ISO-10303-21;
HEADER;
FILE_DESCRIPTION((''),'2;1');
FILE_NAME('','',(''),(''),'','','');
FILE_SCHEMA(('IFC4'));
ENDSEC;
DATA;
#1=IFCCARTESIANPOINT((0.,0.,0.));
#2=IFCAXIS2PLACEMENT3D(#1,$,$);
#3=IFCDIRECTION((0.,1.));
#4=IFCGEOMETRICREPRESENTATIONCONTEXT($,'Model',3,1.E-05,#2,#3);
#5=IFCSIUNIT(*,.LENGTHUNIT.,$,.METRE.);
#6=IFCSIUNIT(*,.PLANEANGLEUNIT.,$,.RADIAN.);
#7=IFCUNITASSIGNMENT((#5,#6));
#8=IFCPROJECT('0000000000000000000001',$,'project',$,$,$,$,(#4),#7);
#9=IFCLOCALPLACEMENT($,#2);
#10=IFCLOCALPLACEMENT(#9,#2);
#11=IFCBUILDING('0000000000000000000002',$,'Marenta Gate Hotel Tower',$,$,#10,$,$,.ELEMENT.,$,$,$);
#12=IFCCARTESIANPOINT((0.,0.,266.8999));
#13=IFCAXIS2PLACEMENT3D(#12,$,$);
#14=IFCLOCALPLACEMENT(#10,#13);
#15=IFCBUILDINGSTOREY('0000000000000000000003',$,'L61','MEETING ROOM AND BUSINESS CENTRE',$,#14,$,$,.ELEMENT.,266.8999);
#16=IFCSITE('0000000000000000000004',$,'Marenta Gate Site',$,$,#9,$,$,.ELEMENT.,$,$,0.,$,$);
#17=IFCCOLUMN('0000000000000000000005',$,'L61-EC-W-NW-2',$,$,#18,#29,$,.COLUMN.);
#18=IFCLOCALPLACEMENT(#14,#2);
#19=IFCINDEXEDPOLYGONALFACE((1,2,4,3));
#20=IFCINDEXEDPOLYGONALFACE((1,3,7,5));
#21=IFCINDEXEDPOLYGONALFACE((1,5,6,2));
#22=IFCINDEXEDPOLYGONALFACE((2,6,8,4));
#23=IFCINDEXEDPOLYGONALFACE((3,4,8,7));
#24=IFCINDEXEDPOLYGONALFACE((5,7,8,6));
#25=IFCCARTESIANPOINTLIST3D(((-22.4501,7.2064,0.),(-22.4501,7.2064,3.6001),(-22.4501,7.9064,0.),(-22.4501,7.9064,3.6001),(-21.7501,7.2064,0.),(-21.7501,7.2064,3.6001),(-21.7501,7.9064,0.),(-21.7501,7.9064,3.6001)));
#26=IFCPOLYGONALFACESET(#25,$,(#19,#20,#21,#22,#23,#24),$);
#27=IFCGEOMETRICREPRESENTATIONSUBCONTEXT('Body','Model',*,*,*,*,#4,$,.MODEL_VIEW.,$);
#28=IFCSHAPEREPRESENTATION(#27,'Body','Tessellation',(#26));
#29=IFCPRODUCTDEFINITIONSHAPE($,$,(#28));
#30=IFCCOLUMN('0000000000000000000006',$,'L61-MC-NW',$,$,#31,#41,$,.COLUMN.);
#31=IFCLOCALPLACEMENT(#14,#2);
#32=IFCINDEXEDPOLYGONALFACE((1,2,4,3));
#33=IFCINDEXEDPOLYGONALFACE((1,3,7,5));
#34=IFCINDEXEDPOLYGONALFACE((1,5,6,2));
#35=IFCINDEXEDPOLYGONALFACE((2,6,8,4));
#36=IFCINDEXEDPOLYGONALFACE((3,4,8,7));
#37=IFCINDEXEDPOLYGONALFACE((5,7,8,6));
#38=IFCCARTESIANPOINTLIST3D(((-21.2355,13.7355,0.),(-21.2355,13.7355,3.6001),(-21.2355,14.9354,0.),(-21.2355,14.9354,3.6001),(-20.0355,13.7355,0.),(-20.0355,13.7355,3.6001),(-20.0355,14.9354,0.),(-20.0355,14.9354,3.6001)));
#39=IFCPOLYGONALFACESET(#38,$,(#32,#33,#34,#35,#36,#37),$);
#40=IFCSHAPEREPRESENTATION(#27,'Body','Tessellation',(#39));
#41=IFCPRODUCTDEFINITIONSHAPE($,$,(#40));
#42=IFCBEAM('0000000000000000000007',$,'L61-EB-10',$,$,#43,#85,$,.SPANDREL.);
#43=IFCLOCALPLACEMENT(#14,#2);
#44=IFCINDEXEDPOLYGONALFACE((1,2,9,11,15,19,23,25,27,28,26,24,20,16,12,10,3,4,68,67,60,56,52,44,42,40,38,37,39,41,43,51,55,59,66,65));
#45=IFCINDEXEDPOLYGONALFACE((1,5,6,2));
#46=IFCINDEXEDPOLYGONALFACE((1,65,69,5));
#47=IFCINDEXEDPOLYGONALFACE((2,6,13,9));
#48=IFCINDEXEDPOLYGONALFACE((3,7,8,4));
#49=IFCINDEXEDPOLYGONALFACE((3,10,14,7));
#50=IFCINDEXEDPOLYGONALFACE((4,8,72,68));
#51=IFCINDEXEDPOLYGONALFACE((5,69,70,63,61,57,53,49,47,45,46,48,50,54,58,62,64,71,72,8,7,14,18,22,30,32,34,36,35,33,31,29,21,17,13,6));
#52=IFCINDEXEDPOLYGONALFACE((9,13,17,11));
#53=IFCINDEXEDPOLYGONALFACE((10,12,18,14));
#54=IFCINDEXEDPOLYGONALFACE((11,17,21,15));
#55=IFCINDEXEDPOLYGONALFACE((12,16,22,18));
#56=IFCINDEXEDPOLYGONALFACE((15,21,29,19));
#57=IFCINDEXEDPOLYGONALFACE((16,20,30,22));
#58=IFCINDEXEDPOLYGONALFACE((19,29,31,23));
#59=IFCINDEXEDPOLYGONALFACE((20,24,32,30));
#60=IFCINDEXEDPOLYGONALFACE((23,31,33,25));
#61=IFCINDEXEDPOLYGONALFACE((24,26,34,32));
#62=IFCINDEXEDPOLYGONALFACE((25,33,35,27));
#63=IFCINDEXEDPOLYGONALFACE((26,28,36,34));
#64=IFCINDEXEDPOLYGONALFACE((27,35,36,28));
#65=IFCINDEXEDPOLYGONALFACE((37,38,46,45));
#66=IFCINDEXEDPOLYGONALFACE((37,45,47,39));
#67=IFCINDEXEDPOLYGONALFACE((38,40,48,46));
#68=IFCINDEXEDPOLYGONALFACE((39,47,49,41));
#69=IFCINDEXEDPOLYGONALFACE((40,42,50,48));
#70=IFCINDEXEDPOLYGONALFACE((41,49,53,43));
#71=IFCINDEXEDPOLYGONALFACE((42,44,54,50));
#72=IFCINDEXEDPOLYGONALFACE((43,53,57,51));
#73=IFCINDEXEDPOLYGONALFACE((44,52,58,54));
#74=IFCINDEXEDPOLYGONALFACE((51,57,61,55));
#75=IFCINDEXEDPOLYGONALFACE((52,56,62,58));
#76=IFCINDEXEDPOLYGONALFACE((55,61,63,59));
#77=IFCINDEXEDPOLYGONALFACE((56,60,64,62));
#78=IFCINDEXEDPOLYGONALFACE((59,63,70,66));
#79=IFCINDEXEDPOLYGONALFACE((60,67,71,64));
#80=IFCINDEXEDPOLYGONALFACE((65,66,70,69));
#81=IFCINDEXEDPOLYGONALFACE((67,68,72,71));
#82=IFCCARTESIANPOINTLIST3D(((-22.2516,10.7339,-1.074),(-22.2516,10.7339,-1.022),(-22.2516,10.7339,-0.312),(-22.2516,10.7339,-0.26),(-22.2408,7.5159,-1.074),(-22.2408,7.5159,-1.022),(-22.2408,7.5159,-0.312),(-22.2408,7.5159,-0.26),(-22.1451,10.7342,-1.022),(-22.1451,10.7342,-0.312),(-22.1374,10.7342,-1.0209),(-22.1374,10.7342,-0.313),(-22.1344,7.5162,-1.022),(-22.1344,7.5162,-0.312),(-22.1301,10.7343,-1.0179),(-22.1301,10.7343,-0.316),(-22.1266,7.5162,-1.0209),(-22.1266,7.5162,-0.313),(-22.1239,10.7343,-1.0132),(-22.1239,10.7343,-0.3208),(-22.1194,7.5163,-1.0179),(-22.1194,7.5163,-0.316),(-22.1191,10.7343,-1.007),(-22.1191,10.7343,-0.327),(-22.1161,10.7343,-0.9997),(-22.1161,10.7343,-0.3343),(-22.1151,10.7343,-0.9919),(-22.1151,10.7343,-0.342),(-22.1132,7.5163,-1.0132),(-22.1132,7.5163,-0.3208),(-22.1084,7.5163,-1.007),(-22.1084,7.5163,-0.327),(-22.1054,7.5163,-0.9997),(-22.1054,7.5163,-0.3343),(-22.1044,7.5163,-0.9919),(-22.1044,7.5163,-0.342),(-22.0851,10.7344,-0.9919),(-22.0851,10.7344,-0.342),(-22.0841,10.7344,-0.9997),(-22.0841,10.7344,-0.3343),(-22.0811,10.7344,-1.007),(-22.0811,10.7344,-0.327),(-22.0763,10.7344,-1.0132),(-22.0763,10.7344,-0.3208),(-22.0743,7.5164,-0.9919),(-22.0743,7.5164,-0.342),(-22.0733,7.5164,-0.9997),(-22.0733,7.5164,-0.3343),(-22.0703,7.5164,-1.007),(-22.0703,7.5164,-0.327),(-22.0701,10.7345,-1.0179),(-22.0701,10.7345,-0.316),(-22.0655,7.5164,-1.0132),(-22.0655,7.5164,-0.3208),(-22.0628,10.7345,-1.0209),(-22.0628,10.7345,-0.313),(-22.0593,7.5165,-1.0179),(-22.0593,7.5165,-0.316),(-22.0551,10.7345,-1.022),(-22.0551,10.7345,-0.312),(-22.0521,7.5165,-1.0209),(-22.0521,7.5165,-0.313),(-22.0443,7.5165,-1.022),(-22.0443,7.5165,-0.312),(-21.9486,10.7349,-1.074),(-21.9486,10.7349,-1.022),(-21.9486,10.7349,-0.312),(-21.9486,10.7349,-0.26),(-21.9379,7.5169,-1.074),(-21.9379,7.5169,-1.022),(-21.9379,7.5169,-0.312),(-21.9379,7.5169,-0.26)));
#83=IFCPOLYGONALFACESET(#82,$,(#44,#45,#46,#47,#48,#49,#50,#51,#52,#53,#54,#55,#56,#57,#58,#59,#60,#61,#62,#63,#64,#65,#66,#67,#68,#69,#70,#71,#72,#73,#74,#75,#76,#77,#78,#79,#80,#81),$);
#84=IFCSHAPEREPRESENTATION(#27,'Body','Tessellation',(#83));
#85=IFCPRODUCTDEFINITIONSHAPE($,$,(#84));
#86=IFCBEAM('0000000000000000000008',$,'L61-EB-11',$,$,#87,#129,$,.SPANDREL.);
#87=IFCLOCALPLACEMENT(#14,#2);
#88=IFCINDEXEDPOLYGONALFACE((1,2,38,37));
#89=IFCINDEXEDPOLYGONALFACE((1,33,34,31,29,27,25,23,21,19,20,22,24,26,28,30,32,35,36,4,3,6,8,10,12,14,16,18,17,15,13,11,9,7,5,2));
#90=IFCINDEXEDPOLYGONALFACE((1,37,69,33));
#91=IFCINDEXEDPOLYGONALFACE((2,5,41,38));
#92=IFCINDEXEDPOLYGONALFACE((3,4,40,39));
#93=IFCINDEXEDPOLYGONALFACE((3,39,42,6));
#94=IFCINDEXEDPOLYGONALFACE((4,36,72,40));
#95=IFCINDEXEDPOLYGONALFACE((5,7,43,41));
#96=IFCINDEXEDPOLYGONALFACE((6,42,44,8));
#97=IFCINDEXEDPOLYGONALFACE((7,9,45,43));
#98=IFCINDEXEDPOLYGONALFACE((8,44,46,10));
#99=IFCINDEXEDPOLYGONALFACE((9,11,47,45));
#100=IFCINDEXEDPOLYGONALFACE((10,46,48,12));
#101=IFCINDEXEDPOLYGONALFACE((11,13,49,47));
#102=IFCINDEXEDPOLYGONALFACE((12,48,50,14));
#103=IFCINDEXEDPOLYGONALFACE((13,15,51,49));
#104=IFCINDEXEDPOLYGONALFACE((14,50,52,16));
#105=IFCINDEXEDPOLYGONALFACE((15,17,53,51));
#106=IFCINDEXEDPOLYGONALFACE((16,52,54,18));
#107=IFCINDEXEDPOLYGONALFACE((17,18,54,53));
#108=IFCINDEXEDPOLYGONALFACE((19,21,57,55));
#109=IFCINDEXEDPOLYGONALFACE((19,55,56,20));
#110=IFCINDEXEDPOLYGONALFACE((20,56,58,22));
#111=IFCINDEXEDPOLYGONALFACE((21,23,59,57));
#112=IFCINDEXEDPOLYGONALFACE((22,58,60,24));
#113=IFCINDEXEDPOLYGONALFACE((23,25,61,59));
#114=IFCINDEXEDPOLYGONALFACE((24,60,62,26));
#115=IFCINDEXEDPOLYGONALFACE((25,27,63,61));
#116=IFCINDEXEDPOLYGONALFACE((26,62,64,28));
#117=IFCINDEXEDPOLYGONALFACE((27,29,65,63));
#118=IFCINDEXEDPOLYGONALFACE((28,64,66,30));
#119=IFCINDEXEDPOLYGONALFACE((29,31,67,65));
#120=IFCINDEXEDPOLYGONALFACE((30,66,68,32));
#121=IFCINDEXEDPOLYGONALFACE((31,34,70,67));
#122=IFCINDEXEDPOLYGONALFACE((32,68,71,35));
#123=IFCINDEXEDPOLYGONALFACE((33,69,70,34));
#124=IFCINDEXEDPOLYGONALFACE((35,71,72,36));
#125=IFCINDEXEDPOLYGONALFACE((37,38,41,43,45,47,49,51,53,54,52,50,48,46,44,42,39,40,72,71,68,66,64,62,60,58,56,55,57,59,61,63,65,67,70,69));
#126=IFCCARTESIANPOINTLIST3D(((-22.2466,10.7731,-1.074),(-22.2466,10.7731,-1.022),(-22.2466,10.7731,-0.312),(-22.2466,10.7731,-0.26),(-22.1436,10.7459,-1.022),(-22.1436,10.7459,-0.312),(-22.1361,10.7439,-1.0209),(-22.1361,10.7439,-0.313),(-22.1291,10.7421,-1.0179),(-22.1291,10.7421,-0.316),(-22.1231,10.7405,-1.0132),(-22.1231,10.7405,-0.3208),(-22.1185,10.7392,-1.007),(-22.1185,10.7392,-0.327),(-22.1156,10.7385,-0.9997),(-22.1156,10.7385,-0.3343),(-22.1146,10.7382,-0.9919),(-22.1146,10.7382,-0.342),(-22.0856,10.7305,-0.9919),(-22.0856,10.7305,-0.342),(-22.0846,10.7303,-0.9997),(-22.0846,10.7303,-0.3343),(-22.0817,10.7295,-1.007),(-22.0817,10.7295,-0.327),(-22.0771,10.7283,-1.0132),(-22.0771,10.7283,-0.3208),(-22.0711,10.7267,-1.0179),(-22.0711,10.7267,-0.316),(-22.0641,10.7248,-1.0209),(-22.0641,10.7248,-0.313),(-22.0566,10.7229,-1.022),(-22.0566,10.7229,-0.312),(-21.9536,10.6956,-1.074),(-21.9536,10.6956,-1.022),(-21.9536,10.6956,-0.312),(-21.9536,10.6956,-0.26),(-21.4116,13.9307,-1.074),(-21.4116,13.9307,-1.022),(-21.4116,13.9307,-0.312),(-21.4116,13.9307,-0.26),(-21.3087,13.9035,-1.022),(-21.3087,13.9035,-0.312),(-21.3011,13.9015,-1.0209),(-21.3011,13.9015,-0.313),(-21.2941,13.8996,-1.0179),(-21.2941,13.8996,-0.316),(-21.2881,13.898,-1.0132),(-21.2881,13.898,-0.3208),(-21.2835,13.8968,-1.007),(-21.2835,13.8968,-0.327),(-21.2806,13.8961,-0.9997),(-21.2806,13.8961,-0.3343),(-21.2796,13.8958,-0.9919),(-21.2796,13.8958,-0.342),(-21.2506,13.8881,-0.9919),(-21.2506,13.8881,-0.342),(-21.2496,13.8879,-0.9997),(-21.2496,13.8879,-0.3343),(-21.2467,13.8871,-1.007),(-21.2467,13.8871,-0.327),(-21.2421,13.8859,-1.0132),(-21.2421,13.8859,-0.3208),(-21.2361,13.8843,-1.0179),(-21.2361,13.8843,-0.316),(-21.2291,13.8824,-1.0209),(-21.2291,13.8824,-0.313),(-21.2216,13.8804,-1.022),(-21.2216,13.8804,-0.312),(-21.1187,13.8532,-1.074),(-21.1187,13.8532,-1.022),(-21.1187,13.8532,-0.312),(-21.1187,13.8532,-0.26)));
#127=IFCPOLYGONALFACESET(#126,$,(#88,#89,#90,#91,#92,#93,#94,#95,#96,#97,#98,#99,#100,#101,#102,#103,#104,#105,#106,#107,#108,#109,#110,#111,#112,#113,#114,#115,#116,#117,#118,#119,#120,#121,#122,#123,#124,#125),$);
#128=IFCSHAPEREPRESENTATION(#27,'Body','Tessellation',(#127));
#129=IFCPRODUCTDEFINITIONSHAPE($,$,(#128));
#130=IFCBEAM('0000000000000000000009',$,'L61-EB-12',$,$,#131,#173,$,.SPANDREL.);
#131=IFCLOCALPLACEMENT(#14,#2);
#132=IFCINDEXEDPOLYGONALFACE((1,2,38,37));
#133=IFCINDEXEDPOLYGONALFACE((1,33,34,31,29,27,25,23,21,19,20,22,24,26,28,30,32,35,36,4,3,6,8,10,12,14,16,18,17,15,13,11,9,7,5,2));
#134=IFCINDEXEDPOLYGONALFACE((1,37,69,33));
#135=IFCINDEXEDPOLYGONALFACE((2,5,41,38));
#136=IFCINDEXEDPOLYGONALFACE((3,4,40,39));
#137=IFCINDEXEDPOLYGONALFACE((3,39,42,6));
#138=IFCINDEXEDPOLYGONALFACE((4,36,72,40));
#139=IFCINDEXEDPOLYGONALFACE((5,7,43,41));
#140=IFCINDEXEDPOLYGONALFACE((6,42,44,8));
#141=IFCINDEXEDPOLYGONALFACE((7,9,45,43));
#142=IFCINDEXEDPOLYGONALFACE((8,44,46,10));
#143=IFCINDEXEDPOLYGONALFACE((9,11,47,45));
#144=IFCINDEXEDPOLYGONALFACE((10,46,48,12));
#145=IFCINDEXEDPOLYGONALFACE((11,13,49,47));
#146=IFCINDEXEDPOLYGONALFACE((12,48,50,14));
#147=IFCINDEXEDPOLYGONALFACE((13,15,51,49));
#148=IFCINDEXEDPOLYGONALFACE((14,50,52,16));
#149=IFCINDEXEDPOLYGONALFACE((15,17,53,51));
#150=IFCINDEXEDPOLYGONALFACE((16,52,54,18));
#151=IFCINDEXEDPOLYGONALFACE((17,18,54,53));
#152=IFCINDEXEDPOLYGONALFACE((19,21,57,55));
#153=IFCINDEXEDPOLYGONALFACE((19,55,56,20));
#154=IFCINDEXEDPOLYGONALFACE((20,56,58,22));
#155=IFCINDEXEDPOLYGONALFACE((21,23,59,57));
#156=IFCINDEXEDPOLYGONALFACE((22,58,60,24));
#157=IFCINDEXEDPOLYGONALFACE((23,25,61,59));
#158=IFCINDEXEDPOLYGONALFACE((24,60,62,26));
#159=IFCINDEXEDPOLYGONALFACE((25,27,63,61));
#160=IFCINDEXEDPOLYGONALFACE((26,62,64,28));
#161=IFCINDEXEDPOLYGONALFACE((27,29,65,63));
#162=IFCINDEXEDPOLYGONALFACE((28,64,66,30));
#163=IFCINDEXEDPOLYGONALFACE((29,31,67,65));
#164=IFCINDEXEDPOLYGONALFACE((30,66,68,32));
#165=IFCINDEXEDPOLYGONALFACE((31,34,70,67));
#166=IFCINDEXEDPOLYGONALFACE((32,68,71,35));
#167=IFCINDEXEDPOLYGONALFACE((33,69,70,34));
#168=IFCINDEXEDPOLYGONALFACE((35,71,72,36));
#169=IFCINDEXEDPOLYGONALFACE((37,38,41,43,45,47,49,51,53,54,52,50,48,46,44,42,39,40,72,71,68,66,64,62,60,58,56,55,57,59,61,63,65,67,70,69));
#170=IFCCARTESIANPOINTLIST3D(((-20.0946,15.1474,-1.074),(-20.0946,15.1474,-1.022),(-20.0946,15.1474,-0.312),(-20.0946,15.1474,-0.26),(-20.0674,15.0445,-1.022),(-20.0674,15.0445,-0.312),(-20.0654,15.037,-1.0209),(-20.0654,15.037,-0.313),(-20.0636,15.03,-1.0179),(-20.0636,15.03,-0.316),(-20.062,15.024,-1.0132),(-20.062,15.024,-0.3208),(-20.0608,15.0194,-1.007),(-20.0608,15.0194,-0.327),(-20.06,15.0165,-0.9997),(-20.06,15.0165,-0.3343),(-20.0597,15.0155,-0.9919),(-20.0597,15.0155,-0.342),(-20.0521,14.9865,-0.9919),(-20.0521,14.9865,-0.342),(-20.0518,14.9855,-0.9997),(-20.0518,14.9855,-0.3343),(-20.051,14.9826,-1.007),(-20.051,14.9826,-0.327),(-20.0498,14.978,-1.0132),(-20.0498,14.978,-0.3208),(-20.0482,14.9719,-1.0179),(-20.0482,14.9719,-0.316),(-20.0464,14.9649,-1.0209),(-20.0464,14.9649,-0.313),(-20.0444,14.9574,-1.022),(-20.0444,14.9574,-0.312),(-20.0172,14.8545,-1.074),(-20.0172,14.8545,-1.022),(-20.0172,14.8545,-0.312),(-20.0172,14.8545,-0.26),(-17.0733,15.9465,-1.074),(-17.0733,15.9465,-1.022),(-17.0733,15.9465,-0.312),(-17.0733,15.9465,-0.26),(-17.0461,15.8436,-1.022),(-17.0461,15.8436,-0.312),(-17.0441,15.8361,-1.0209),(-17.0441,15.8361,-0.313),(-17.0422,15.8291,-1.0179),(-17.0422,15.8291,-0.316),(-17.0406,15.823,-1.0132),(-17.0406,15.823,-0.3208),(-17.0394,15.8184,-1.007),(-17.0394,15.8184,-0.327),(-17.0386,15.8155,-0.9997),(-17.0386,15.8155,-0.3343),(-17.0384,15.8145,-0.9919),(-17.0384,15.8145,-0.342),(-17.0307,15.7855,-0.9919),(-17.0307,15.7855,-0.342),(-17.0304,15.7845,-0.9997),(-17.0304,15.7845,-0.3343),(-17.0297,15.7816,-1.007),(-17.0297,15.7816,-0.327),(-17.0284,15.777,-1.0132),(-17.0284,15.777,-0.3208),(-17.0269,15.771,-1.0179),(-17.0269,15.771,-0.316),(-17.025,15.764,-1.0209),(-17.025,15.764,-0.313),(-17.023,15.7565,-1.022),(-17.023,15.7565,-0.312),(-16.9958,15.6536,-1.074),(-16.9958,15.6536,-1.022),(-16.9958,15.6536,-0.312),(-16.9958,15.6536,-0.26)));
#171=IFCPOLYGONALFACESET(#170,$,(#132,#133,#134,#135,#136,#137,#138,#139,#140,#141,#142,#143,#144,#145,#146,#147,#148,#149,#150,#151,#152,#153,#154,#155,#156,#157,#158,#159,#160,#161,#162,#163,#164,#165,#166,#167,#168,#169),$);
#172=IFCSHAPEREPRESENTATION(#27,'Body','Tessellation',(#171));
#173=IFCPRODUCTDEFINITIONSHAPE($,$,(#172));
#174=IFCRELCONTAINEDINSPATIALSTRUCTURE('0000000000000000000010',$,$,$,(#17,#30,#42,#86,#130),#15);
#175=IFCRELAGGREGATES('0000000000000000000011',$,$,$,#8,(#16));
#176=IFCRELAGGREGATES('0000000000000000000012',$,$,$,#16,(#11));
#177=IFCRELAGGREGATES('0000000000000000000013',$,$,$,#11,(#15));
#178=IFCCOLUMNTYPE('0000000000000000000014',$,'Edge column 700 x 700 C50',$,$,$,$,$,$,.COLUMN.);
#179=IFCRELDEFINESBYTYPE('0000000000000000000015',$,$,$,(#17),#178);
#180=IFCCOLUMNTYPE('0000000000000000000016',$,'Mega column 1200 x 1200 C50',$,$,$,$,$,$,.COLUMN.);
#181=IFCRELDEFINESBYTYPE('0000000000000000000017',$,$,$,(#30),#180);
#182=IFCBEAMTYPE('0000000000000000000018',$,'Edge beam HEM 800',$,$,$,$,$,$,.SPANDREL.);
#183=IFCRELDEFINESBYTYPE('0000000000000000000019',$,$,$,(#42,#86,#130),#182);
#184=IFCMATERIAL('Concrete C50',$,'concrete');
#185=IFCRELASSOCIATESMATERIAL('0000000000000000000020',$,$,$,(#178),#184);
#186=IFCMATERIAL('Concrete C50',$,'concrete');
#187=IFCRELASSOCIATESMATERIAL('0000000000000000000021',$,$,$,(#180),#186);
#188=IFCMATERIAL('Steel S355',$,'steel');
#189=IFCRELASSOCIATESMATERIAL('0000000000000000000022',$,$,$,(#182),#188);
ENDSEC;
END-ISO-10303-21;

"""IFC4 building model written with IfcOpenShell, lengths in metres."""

from ifc_helpers import new_model, si_unit, direction, frame, origin, origin_2d, place, context, subcontext, project, spatial, rectangle, i_section, extrude, material, material_profile, profile_set, type_object, element, save


model = new_model("IFC4")

# Units and contexts
model_context = context("Model", 3, precision=1e-05, world=origin(), true_north=direction((0.0, 1.0)))
body_context = subcontext(model_context, "Body", "Model", "MODEL_VIEW")
ifc_project = project(units=[si_unit("LENGTHUNIT", "METRE"), si_unit("PLANEANGLEUNIT", "RADIAN")], contexts=[model_context])

# Site, building, storey
site_placement = place(None, origin())
site = spatial("IfcSite", under=ifc_project, at=site_placement, Name="Marenta Gate Site", CompositionType="ELEMENT", RefElevation=0.0)
building_placement = place(site_placement, origin())
building = spatial("IfcBuilding", under=site, at=building_placement, Name="Marenta Gate Hotel Tower", CompositionType="ELEMENT")
storey_placement = place(building_placement, frame((0.0, 0.0, 266.8999)))
storey = spatial("IfcBuildingStorey", under=building, at=storey_placement, Name="L61", Description="MEETING ROOM AND BUSINESS CENTRE", CompositionType="ELEMENT", Elevation=266.8999)

# Columns
ifc_material_1 = material(Name="Concrete C50", Category="concrete")
ifc_material_profile_1 = material_profile(ifc_material_1, rectangle(XDim=0.7, YDim=0.7, at=origin_2d()), Name="700 x 700")
ifc_profile_set_1 = profile_set([ifc_material_profile_1], Name="Concrete C50")
column_type_1 = type_object("IfcColumnType", Name="Edge column 700 x 700 C50", PredefinedType="COLUMN", material=ifc_profile_set_1)
column_1_placement = place(storey_placement, frame((-22.1001, 7.5564, 0.0), z_axis=(0.0, 0.0, 1.0), x_axis=(1.0, 0.0, 0.0)))
element("IfcColumn", 1, at=column_1_placement, inside=storey, type_object=column_type_1, Name="L61-EC-W-NW-2", PredefinedType="COLUMN", context=body_context, shape_type="SweptSolid", body=[
    extrude(rectangle(XDim=0.7, YDim=0.7, at=origin_2d()), origin(), (0.0, 0.0, 1.0), 3.6001),
])
ifc_material_2 = material(Name="Concrete C50", Category="concrete")
ifc_material_profile_2 = material_profile(ifc_material_2, rectangle(XDim=1.2, YDim=1.2, at=origin_2d()), Name="1200 x 1200")
ifc_profile_set_2 = profile_set([ifc_material_profile_2], Name="Concrete C50")
column_type_2 = type_object("IfcColumnType", Name="Mega column 1200 x 1200 C50", PredefinedType="COLUMN", material=ifc_profile_set_2)
column_2_placement = place(storey_placement, frame((-20.6355, 14.3354, 0.0), z_axis=(0.0, 0.0, 1.0), x_axis=(1.0, 0.0, 0.0)))
element("IfcColumn", 2, at=column_2_placement, inside=storey, type_object=column_type_2, Name="L61-MC-NW", PredefinedType="COLUMN", context=body_context, shape_type="SweptSolid", body=[
    extrude(rectangle(XDim=1.2, YDim=1.2, at=origin_2d()), origin(), (0.0, 0.0, 1.0), 3.6001),
])

# Beams
ifc_material_3 = material(Name="Steel S355", Category="steel")
ifc_material_profile_3 = material_profile(ifc_material_3, i_section(OverallWidth=0.303, OverallDepth=0.814, WebThickness=0.03, FlangeThickness=0.052, FilletRadius=0.03, at=origin_2d()), Name="HEM 800")
ifc_profile_set_3 = profile_set([ifc_material_profile_3], Name="Steel S355")
beam_type_1 = type_object("IfcBeamType", Name="Edge beam HEM 800", PredefinedType="SPANDREL", material=ifc_profile_set_3)
beam_1_placement = place(storey_placement, frame((-22.0894, 7.5164, -0.667), z_axis=(-0.003338, 0.999994, 0.0), x_axis=(-0.999994, -0.003338, 0.0)))
element("IfcBeam", 3, at=beam_1_placement, inside=storey, type_object=beam_type_1, Name="L61-EB-10", PredefinedType="SPANDREL", context=body_context, shape_type="SweptSolid", body=[
    extrude(i_section(OverallWidth=0.303, OverallDepth=0.814, WebThickness=0.03, FlangeThickness=0.052, FilletRadius=0.03, at=origin_2d()), origin(), (0.0, 0.0, 1.0), 3.218),
])
beam_2_placement = place(storey_placement, frame((-22.1001, 10.7344, -0.667), z_axis=(0.255652, 0.966769, 0.0), x_axis=(-0.966769, 0.255652, 0.0)))
element("IfcBeam", 4, at=beam_2_placement, inside=storey, type_object=beam_type_1, Name="L61-EB-11", PredefinedType="SPANDREL", context=body_context, shape_type="SweptSolid", body=[
    extrude(i_section(OverallWidth=0.303, OverallDepth=0.814, WebThickness=0.03, FlangeThickness=0.052, FilletRadius=0.03, at=origin_2d()), origin(), (0.0, 0.0, 1.0), 3.2661),
])
beam_3_placement = place(storey_placement, frame((-20.0559, 15.001, -0.667), z_axis=(0.966763, 0.255674, 0.0), x_axis=(-0.255674, 0.966763, 0.0)))
element("IfcBeam", 5, at=beam_3_placement, inside=storey, type_object=beam_type_1, Name="L61-EB-12", PredefinedType="SPANDREL", context=body_context, shape_type="SweptSolid", body=[
    extrude(i_section(OverallWidth=0.303, OverallDepth=0.814, WebThickness=0.03, FlangeThickness=0.052, FilletRadius=0.03, at=origin_2d()), origin(), (0.0, 0.0, 1.0), 3.1252),
])

save(model, "model.ifc")
